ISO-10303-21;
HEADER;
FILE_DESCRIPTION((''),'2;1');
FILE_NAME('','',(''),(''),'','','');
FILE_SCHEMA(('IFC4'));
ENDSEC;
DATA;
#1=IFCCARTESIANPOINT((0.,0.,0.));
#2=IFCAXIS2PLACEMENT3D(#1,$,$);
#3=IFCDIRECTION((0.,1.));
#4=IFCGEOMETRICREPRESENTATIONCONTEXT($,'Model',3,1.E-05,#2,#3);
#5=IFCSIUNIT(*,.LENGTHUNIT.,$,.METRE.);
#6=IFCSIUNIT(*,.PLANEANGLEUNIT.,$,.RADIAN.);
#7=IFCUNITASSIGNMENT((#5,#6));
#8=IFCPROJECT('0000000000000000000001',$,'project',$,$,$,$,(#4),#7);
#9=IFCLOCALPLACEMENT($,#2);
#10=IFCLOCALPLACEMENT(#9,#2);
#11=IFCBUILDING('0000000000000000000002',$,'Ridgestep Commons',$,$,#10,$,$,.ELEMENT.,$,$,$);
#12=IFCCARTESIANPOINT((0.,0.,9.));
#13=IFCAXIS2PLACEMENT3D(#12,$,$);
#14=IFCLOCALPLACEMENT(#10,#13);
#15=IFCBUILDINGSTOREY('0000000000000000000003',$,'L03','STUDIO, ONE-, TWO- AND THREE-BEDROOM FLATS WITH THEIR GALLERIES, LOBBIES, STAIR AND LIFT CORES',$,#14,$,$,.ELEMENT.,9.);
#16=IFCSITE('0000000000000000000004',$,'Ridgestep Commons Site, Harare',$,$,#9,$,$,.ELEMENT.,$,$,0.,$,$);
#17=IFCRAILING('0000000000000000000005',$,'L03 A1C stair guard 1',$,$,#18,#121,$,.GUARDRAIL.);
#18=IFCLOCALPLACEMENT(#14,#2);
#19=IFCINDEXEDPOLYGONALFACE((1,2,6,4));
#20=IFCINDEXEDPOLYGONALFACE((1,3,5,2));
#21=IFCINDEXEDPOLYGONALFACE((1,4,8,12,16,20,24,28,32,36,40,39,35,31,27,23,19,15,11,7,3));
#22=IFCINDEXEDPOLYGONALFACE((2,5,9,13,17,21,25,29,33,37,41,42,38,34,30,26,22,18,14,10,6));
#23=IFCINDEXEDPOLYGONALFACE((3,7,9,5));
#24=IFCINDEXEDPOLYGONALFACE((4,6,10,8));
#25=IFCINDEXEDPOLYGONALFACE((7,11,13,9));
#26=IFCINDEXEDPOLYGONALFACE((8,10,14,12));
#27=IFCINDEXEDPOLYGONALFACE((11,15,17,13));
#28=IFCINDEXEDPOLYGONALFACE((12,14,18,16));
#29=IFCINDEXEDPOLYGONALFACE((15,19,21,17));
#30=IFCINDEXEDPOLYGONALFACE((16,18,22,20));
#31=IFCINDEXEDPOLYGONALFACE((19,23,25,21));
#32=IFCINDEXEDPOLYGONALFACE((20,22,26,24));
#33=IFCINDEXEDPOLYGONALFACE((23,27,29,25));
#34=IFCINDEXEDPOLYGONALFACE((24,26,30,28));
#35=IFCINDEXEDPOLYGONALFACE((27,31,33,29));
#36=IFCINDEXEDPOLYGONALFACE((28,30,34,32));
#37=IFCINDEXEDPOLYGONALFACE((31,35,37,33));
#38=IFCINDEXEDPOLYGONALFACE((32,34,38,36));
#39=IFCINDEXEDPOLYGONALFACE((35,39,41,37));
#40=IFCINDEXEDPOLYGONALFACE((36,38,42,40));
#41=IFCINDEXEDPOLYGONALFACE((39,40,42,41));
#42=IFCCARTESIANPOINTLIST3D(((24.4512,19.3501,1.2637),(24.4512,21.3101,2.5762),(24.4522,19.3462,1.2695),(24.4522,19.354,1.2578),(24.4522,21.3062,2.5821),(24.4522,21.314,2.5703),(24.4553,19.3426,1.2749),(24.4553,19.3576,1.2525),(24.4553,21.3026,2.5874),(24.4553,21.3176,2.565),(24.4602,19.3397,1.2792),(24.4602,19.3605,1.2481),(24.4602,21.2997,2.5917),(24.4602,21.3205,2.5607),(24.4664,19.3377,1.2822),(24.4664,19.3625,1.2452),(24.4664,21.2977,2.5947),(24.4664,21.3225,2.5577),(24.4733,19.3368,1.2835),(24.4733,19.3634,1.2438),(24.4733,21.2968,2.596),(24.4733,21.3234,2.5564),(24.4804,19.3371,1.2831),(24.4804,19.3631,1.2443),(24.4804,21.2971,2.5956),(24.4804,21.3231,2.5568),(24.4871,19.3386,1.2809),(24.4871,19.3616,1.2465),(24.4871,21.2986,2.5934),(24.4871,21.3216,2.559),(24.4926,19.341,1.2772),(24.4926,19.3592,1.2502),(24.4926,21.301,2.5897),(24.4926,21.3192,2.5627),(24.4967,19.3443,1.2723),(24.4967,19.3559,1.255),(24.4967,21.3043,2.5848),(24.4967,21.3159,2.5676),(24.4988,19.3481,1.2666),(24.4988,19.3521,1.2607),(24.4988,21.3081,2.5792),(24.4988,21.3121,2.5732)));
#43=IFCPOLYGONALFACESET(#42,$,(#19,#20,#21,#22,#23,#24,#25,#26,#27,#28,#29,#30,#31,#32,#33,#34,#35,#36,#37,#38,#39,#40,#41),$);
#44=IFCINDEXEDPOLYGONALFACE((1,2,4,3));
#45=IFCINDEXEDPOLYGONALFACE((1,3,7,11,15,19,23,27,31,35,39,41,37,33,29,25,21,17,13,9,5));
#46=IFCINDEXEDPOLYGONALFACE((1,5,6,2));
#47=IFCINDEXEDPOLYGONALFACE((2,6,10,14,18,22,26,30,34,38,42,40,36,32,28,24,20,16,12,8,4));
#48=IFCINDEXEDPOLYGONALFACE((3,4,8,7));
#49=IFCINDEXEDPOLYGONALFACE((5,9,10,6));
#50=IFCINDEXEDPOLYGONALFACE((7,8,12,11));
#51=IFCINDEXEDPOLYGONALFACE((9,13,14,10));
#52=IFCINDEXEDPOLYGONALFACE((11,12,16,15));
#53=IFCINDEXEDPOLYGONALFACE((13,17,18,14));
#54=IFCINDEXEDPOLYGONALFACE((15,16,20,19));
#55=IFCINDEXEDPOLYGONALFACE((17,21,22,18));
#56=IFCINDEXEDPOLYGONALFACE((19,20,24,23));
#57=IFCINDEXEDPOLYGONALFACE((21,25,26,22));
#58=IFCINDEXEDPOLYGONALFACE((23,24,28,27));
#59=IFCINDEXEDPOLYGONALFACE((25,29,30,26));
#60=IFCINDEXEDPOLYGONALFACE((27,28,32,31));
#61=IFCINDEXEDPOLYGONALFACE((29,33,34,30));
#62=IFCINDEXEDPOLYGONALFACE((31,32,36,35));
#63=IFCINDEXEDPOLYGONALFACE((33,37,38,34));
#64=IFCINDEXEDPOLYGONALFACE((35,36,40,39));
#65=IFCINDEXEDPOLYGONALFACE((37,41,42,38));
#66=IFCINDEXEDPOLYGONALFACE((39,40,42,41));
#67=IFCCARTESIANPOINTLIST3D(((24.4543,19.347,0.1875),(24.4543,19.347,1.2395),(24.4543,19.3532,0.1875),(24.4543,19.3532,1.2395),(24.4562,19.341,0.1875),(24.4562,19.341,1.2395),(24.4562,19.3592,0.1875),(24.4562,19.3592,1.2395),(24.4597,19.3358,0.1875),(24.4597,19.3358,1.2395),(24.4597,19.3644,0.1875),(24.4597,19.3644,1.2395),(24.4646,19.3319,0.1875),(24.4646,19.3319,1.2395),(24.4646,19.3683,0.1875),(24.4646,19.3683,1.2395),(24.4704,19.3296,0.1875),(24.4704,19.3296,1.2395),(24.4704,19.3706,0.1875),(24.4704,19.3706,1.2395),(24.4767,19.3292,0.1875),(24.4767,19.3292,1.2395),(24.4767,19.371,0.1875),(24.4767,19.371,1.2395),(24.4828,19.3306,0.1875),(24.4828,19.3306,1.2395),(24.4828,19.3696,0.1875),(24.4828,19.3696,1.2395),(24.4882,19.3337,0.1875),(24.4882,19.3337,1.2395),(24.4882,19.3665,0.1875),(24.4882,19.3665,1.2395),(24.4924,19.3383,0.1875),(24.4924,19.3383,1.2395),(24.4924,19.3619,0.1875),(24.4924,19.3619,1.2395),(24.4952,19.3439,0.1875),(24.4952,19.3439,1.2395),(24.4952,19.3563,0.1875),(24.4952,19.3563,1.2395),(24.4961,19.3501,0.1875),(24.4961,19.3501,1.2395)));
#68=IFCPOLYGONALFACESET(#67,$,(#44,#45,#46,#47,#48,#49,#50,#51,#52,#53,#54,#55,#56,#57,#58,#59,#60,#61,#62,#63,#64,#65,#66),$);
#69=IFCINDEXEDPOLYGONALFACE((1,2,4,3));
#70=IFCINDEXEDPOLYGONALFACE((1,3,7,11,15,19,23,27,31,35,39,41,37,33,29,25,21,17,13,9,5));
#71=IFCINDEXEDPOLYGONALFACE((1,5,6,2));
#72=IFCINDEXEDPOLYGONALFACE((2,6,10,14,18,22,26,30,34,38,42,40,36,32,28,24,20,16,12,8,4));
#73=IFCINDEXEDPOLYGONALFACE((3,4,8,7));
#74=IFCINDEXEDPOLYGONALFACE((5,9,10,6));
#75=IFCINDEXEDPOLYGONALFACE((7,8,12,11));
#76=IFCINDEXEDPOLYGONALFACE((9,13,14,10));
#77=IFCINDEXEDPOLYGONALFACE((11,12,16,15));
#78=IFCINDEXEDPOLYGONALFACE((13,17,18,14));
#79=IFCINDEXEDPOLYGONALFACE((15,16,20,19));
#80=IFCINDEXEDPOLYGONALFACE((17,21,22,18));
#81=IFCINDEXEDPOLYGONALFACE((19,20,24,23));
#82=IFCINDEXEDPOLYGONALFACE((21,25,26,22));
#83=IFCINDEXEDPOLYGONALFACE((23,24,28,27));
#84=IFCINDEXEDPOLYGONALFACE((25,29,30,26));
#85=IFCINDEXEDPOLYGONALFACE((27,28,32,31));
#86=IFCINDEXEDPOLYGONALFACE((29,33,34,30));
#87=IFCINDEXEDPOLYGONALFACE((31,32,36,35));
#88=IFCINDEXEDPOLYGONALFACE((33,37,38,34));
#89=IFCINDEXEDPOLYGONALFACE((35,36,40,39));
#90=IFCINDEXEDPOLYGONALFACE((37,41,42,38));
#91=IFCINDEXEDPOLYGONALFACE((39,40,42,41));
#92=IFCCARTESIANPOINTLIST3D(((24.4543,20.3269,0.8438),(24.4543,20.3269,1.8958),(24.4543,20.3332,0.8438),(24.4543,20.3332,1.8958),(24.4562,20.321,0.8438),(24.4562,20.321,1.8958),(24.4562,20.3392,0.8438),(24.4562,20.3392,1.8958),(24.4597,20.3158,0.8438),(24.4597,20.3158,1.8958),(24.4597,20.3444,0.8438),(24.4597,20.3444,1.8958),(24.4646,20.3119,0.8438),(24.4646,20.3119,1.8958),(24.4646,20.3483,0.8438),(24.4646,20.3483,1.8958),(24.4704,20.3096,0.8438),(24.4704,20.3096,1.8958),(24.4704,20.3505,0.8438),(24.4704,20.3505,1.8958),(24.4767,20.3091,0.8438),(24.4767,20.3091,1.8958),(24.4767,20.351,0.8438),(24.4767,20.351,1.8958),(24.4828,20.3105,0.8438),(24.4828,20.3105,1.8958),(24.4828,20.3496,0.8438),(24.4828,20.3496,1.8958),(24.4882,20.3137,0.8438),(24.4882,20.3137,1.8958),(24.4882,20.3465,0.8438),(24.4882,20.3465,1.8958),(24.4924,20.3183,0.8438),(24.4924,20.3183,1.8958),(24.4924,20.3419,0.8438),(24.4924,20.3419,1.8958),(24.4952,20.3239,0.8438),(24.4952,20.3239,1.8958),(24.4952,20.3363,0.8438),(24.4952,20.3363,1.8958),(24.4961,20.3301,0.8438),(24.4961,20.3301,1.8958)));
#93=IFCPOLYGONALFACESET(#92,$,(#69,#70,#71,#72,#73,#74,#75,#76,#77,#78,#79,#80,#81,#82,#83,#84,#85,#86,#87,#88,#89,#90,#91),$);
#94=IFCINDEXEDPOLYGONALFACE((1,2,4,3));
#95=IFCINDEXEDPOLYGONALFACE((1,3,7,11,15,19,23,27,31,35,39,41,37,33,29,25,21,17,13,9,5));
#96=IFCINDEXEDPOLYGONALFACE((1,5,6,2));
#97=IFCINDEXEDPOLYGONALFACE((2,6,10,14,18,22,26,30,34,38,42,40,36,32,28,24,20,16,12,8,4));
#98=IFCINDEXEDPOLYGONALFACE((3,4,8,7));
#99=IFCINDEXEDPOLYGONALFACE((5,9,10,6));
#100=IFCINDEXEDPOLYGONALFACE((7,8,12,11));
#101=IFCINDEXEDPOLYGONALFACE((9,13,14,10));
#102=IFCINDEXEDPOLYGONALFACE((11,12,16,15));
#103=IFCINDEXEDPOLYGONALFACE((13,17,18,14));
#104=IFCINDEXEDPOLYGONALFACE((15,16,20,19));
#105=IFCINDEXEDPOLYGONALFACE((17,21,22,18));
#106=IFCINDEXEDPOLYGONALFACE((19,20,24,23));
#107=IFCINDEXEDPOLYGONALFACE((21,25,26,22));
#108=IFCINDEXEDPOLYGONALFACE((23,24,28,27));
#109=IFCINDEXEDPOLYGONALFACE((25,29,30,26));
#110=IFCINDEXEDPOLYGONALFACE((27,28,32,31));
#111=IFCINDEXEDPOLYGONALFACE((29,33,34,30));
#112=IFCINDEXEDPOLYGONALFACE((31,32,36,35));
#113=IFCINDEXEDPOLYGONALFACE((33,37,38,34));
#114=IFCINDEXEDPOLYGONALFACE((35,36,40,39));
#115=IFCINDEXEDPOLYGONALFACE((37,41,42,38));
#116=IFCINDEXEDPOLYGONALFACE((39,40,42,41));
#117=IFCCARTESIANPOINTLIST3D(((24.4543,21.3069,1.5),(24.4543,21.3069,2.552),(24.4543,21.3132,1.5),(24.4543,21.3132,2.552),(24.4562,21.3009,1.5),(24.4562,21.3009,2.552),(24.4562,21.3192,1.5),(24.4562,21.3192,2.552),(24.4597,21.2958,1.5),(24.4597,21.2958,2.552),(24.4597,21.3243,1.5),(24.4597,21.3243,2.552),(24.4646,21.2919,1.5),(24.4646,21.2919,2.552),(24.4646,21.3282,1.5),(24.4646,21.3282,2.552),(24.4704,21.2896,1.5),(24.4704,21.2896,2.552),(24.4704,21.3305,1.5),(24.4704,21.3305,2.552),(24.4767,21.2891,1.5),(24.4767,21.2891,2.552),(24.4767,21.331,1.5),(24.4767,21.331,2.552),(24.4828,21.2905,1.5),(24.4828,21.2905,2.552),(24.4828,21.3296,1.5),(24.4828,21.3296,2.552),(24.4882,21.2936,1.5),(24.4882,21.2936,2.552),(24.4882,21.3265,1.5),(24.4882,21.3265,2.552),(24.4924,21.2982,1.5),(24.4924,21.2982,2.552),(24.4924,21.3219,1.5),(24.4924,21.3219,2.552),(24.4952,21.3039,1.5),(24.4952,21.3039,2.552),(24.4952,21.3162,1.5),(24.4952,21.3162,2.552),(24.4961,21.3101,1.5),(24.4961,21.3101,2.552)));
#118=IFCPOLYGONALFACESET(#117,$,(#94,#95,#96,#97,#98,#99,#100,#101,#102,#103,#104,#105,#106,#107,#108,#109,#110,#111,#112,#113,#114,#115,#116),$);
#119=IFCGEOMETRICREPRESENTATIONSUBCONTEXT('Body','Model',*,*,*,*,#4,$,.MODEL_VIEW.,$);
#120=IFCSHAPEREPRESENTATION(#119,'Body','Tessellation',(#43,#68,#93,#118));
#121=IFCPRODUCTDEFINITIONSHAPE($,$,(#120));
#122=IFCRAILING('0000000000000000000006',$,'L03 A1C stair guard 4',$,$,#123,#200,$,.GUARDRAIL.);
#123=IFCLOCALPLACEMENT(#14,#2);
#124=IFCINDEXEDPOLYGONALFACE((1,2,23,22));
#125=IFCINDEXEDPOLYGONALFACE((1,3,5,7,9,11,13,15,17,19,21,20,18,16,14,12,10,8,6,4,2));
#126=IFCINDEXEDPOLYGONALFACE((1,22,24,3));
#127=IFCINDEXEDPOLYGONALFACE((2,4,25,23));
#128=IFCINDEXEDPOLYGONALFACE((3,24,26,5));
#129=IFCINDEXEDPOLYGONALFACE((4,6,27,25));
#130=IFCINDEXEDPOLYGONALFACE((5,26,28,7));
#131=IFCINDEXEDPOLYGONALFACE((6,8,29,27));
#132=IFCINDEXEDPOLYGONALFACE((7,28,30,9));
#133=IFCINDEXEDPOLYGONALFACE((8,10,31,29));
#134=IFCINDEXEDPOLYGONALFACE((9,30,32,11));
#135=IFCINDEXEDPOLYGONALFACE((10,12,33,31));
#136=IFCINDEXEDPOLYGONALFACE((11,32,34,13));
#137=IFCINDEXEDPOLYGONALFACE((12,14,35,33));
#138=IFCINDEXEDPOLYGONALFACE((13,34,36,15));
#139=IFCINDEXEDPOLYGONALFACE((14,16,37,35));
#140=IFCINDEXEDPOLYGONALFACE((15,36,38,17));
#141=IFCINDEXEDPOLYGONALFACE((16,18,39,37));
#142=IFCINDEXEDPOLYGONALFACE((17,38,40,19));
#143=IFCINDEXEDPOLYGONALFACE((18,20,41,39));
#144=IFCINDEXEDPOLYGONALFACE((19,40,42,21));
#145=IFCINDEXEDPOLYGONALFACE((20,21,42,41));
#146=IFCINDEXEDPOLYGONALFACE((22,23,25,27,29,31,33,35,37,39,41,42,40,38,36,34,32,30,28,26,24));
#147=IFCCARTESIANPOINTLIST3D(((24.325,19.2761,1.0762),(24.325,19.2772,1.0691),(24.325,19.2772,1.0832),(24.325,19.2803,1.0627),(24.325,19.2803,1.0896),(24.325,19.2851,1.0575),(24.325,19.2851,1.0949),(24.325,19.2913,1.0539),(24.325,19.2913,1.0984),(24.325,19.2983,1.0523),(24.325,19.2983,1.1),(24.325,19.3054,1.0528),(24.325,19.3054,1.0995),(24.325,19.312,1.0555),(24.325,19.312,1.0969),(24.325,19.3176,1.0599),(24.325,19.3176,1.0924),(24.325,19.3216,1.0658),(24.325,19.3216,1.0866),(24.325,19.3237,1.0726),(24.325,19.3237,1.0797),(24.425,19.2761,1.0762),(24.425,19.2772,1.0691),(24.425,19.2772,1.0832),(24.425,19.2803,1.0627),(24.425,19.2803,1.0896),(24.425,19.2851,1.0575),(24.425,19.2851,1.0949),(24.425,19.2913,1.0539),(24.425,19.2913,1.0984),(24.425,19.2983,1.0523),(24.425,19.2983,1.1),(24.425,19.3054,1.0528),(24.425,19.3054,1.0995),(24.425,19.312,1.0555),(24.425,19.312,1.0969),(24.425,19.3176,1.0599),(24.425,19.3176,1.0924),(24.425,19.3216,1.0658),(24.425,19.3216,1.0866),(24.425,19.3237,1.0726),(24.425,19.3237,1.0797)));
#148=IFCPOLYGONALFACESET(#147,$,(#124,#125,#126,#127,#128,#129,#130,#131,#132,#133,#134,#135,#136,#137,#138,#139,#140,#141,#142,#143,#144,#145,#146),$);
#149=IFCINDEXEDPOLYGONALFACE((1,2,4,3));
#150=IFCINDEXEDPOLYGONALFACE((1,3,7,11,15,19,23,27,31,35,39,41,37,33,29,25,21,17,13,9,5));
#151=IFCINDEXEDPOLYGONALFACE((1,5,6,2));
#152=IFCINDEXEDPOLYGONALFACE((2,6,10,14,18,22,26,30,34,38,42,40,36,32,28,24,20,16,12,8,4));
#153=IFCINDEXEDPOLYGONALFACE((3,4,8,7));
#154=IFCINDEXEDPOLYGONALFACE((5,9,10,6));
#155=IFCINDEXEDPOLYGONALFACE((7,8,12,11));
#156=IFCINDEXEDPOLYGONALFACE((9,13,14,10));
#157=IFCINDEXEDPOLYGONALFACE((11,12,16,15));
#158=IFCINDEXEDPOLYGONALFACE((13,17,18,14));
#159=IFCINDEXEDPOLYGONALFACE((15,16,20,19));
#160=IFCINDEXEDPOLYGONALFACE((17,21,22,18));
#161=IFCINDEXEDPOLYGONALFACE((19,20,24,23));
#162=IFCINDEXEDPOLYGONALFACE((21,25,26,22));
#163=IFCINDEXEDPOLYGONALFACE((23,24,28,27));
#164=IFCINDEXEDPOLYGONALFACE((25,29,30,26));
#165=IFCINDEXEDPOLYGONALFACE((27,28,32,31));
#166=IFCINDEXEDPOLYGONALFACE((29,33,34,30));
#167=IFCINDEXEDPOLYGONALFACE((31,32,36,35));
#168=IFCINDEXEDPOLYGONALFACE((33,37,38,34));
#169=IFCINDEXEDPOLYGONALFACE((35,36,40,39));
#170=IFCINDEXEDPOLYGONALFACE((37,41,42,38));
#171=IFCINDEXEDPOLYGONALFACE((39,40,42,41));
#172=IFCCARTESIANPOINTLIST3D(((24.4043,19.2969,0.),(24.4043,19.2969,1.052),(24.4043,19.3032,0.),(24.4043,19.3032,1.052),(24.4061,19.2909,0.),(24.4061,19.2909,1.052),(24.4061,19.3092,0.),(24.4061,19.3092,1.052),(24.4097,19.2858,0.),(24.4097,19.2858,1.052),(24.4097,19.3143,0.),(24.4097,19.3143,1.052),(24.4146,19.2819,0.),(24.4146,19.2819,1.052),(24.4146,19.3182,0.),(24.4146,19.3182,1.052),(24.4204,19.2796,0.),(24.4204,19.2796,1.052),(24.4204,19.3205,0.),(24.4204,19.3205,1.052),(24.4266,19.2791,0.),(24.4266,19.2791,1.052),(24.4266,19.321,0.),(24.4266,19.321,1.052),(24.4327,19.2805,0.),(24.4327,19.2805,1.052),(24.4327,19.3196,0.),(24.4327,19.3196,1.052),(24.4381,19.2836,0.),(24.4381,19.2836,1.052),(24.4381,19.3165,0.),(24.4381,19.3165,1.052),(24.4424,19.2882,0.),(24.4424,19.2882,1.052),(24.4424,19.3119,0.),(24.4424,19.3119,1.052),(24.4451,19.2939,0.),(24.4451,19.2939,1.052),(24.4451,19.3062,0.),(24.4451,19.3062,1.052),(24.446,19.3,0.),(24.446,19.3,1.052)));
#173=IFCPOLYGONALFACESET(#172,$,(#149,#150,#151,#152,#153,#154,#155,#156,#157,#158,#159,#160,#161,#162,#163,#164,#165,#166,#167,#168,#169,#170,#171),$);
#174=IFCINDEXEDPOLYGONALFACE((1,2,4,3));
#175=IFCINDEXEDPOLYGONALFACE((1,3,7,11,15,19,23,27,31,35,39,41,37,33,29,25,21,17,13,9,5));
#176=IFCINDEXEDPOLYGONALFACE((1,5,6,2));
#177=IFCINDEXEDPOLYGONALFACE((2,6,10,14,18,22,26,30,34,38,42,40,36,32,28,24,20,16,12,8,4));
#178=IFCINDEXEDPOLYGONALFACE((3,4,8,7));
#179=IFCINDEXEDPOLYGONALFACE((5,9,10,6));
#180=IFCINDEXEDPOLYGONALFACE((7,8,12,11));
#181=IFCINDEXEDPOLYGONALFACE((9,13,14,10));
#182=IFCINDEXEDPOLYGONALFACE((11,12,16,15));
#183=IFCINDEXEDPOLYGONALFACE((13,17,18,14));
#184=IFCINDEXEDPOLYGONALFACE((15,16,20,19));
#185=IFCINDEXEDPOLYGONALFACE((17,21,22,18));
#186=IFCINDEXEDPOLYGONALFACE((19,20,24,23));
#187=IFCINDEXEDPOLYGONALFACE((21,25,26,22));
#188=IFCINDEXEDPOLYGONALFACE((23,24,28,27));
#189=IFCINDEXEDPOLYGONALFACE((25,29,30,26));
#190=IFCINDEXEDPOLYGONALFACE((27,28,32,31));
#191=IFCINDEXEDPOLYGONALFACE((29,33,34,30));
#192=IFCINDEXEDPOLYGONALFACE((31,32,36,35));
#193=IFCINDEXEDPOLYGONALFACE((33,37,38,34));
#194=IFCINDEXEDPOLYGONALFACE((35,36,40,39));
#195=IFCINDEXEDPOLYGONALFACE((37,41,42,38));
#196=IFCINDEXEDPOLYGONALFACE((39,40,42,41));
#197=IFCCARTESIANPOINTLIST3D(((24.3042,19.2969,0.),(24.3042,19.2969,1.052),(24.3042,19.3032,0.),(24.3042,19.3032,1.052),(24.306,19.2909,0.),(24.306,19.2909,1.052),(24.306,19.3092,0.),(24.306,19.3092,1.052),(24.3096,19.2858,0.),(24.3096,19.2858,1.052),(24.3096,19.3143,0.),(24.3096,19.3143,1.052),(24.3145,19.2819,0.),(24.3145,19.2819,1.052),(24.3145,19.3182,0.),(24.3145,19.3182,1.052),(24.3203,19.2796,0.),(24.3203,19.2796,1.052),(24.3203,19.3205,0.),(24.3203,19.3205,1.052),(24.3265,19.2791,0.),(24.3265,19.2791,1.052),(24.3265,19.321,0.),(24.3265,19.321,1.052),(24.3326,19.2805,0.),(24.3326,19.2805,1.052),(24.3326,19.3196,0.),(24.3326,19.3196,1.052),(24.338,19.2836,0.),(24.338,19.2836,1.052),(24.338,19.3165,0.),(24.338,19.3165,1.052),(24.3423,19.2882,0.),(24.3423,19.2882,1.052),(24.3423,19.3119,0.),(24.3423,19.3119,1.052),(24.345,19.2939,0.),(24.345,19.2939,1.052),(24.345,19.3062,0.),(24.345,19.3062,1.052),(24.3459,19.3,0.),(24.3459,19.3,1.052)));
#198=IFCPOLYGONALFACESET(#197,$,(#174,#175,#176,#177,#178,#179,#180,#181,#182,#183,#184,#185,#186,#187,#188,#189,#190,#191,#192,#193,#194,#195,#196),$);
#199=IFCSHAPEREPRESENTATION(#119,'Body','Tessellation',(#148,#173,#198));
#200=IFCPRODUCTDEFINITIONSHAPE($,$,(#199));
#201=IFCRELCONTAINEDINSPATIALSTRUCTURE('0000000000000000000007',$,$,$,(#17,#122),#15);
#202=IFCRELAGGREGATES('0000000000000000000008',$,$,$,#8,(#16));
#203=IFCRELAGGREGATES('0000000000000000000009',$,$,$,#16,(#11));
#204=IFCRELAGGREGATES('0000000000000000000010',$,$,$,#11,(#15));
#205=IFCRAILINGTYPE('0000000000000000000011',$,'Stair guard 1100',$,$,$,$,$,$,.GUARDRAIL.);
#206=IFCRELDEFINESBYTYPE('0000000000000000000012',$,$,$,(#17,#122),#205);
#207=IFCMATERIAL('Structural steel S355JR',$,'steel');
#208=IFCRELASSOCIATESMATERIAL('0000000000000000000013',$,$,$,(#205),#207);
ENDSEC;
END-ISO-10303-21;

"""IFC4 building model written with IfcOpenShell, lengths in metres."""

from ifc_helpers import new_model, si_unit, direction, frame, origin, origin_2d, place, context, subcontext, project, spatial, circle, extrude, material, type_object, element, save


model = new_model("IFC4")

# Units and contexts
model_context = context("Model", 3, precision=1e-05, world=origin(), true_north=direction((0.0, 1.0)))
body_context = subcontext(model_context, "Body", "Model", "MODEL_VIEW")
ifc_project = project(units=[si_unit("LENGTHUNIT", "METRE"), si_unit("PLANEANGLEUNIT", "RADIAN")], contexts=[model_context])

# Site, building, storey
site_placement = place(None, origin())
site = spatial("IfcSite", under=ifc_project, at=site_placement, Name="Ridgestep Commons Site, Harare", CompositionType="ELEMENT", RefElevation=0.0)
building_placement = place(site_placement, origin())
building = spatial("IfcBuilding", under=site, at=building_placement, Name="Ridgestep Commons", CompositionType="ELEMENT")
storey_placement = place(building_placement, frame((0.0, 0.0, 9.0)))
storey = spatial("IfcBuildingStorey", under=building, at=storey_placement, Name="L03", Description="STUDIO, ONE-, TWO- AND THREE-BEDROOM FLATS WITH THEIR GALLERIES, LOBBIES, STAIR AND LIFT CORES", CompositionType="ELEMENT", Elevation=9.0)

# Railings
ifc_material_1 = material(Name="Structural steel S355JR", Category="steel")
railing_type_1 = type_object("IfcRailingType", Name="Stair guard 1100", PredefinedType="GUARDRAIL", material=ifc_material_1)
railing_1_placement = place(storey_placement, frame((24.4751, 19.3501, 0.1875)))
element("IfcRailing", 1, at=railing_1_placement, inside=storey, type_object=railing_type_1, Name="L03 A1C stair guard 1", PredefinedType="GUARDRAIL", context=body_context, shape_type="SweptSolid", body=[
    extrude(circle(Radius=0.0239, at=origin_2d()), frame((0.0, 0.0, 1.0762), z_axis=(0.0, 0.830902, 0.556419), x_axis=(-1.0, 0.0, 0.0)), (0.0, 0.0, 1.0), 2.3589),
    extrude(circle(Radius=0.021, at=origin_2d()), origin(), (0.0, 0.0, 1.0), 1.052),
    extrude(circle(Radius=0.021, at=origin_2d()), frame((0.0, 0.98, 0.6562)), (0.0, 0.0, 1.0), 1.052),
    extrude(circle(Radius=0.021, at=origin_2d()), frame((0.0, 1.96, 1.3125)), (0.0, 0.0, 1.0), 1.052),
])
railing_2_placement = place(storey_placement, frame((24.425, 19.3, 0.0)))
element("IfcRailing", 2, at=railing_2_placement, inside=storey, type_object=railing_type_1, Name="L03 A1C stair guard 4", PredefinedType="GUARDRAIL", context=body_context, shape_type="SweptSolid", body=[
    extrude(circle(Radius=0.0239, at=origin_2d()), frame((0.0, 0.0, 1.0762), z_axis=(-1.0, 0.0, 0.0), x_axis=(0.0, -1.0, 0.0)), (0.0, 0.0, 1.0), 0.1001),
    extrude(circle(Radius=0.021, at=origin_2d()), origin(), (0.0, 0.0, 1.0), 1.052),
    extrude(circle(Radius=0.021, at=origin_2d()), frame((-0.1001, 0.0, 0.0)), (0.0, 0.0, 1.0), 1.052),
])

save(model, "model.ifc")
